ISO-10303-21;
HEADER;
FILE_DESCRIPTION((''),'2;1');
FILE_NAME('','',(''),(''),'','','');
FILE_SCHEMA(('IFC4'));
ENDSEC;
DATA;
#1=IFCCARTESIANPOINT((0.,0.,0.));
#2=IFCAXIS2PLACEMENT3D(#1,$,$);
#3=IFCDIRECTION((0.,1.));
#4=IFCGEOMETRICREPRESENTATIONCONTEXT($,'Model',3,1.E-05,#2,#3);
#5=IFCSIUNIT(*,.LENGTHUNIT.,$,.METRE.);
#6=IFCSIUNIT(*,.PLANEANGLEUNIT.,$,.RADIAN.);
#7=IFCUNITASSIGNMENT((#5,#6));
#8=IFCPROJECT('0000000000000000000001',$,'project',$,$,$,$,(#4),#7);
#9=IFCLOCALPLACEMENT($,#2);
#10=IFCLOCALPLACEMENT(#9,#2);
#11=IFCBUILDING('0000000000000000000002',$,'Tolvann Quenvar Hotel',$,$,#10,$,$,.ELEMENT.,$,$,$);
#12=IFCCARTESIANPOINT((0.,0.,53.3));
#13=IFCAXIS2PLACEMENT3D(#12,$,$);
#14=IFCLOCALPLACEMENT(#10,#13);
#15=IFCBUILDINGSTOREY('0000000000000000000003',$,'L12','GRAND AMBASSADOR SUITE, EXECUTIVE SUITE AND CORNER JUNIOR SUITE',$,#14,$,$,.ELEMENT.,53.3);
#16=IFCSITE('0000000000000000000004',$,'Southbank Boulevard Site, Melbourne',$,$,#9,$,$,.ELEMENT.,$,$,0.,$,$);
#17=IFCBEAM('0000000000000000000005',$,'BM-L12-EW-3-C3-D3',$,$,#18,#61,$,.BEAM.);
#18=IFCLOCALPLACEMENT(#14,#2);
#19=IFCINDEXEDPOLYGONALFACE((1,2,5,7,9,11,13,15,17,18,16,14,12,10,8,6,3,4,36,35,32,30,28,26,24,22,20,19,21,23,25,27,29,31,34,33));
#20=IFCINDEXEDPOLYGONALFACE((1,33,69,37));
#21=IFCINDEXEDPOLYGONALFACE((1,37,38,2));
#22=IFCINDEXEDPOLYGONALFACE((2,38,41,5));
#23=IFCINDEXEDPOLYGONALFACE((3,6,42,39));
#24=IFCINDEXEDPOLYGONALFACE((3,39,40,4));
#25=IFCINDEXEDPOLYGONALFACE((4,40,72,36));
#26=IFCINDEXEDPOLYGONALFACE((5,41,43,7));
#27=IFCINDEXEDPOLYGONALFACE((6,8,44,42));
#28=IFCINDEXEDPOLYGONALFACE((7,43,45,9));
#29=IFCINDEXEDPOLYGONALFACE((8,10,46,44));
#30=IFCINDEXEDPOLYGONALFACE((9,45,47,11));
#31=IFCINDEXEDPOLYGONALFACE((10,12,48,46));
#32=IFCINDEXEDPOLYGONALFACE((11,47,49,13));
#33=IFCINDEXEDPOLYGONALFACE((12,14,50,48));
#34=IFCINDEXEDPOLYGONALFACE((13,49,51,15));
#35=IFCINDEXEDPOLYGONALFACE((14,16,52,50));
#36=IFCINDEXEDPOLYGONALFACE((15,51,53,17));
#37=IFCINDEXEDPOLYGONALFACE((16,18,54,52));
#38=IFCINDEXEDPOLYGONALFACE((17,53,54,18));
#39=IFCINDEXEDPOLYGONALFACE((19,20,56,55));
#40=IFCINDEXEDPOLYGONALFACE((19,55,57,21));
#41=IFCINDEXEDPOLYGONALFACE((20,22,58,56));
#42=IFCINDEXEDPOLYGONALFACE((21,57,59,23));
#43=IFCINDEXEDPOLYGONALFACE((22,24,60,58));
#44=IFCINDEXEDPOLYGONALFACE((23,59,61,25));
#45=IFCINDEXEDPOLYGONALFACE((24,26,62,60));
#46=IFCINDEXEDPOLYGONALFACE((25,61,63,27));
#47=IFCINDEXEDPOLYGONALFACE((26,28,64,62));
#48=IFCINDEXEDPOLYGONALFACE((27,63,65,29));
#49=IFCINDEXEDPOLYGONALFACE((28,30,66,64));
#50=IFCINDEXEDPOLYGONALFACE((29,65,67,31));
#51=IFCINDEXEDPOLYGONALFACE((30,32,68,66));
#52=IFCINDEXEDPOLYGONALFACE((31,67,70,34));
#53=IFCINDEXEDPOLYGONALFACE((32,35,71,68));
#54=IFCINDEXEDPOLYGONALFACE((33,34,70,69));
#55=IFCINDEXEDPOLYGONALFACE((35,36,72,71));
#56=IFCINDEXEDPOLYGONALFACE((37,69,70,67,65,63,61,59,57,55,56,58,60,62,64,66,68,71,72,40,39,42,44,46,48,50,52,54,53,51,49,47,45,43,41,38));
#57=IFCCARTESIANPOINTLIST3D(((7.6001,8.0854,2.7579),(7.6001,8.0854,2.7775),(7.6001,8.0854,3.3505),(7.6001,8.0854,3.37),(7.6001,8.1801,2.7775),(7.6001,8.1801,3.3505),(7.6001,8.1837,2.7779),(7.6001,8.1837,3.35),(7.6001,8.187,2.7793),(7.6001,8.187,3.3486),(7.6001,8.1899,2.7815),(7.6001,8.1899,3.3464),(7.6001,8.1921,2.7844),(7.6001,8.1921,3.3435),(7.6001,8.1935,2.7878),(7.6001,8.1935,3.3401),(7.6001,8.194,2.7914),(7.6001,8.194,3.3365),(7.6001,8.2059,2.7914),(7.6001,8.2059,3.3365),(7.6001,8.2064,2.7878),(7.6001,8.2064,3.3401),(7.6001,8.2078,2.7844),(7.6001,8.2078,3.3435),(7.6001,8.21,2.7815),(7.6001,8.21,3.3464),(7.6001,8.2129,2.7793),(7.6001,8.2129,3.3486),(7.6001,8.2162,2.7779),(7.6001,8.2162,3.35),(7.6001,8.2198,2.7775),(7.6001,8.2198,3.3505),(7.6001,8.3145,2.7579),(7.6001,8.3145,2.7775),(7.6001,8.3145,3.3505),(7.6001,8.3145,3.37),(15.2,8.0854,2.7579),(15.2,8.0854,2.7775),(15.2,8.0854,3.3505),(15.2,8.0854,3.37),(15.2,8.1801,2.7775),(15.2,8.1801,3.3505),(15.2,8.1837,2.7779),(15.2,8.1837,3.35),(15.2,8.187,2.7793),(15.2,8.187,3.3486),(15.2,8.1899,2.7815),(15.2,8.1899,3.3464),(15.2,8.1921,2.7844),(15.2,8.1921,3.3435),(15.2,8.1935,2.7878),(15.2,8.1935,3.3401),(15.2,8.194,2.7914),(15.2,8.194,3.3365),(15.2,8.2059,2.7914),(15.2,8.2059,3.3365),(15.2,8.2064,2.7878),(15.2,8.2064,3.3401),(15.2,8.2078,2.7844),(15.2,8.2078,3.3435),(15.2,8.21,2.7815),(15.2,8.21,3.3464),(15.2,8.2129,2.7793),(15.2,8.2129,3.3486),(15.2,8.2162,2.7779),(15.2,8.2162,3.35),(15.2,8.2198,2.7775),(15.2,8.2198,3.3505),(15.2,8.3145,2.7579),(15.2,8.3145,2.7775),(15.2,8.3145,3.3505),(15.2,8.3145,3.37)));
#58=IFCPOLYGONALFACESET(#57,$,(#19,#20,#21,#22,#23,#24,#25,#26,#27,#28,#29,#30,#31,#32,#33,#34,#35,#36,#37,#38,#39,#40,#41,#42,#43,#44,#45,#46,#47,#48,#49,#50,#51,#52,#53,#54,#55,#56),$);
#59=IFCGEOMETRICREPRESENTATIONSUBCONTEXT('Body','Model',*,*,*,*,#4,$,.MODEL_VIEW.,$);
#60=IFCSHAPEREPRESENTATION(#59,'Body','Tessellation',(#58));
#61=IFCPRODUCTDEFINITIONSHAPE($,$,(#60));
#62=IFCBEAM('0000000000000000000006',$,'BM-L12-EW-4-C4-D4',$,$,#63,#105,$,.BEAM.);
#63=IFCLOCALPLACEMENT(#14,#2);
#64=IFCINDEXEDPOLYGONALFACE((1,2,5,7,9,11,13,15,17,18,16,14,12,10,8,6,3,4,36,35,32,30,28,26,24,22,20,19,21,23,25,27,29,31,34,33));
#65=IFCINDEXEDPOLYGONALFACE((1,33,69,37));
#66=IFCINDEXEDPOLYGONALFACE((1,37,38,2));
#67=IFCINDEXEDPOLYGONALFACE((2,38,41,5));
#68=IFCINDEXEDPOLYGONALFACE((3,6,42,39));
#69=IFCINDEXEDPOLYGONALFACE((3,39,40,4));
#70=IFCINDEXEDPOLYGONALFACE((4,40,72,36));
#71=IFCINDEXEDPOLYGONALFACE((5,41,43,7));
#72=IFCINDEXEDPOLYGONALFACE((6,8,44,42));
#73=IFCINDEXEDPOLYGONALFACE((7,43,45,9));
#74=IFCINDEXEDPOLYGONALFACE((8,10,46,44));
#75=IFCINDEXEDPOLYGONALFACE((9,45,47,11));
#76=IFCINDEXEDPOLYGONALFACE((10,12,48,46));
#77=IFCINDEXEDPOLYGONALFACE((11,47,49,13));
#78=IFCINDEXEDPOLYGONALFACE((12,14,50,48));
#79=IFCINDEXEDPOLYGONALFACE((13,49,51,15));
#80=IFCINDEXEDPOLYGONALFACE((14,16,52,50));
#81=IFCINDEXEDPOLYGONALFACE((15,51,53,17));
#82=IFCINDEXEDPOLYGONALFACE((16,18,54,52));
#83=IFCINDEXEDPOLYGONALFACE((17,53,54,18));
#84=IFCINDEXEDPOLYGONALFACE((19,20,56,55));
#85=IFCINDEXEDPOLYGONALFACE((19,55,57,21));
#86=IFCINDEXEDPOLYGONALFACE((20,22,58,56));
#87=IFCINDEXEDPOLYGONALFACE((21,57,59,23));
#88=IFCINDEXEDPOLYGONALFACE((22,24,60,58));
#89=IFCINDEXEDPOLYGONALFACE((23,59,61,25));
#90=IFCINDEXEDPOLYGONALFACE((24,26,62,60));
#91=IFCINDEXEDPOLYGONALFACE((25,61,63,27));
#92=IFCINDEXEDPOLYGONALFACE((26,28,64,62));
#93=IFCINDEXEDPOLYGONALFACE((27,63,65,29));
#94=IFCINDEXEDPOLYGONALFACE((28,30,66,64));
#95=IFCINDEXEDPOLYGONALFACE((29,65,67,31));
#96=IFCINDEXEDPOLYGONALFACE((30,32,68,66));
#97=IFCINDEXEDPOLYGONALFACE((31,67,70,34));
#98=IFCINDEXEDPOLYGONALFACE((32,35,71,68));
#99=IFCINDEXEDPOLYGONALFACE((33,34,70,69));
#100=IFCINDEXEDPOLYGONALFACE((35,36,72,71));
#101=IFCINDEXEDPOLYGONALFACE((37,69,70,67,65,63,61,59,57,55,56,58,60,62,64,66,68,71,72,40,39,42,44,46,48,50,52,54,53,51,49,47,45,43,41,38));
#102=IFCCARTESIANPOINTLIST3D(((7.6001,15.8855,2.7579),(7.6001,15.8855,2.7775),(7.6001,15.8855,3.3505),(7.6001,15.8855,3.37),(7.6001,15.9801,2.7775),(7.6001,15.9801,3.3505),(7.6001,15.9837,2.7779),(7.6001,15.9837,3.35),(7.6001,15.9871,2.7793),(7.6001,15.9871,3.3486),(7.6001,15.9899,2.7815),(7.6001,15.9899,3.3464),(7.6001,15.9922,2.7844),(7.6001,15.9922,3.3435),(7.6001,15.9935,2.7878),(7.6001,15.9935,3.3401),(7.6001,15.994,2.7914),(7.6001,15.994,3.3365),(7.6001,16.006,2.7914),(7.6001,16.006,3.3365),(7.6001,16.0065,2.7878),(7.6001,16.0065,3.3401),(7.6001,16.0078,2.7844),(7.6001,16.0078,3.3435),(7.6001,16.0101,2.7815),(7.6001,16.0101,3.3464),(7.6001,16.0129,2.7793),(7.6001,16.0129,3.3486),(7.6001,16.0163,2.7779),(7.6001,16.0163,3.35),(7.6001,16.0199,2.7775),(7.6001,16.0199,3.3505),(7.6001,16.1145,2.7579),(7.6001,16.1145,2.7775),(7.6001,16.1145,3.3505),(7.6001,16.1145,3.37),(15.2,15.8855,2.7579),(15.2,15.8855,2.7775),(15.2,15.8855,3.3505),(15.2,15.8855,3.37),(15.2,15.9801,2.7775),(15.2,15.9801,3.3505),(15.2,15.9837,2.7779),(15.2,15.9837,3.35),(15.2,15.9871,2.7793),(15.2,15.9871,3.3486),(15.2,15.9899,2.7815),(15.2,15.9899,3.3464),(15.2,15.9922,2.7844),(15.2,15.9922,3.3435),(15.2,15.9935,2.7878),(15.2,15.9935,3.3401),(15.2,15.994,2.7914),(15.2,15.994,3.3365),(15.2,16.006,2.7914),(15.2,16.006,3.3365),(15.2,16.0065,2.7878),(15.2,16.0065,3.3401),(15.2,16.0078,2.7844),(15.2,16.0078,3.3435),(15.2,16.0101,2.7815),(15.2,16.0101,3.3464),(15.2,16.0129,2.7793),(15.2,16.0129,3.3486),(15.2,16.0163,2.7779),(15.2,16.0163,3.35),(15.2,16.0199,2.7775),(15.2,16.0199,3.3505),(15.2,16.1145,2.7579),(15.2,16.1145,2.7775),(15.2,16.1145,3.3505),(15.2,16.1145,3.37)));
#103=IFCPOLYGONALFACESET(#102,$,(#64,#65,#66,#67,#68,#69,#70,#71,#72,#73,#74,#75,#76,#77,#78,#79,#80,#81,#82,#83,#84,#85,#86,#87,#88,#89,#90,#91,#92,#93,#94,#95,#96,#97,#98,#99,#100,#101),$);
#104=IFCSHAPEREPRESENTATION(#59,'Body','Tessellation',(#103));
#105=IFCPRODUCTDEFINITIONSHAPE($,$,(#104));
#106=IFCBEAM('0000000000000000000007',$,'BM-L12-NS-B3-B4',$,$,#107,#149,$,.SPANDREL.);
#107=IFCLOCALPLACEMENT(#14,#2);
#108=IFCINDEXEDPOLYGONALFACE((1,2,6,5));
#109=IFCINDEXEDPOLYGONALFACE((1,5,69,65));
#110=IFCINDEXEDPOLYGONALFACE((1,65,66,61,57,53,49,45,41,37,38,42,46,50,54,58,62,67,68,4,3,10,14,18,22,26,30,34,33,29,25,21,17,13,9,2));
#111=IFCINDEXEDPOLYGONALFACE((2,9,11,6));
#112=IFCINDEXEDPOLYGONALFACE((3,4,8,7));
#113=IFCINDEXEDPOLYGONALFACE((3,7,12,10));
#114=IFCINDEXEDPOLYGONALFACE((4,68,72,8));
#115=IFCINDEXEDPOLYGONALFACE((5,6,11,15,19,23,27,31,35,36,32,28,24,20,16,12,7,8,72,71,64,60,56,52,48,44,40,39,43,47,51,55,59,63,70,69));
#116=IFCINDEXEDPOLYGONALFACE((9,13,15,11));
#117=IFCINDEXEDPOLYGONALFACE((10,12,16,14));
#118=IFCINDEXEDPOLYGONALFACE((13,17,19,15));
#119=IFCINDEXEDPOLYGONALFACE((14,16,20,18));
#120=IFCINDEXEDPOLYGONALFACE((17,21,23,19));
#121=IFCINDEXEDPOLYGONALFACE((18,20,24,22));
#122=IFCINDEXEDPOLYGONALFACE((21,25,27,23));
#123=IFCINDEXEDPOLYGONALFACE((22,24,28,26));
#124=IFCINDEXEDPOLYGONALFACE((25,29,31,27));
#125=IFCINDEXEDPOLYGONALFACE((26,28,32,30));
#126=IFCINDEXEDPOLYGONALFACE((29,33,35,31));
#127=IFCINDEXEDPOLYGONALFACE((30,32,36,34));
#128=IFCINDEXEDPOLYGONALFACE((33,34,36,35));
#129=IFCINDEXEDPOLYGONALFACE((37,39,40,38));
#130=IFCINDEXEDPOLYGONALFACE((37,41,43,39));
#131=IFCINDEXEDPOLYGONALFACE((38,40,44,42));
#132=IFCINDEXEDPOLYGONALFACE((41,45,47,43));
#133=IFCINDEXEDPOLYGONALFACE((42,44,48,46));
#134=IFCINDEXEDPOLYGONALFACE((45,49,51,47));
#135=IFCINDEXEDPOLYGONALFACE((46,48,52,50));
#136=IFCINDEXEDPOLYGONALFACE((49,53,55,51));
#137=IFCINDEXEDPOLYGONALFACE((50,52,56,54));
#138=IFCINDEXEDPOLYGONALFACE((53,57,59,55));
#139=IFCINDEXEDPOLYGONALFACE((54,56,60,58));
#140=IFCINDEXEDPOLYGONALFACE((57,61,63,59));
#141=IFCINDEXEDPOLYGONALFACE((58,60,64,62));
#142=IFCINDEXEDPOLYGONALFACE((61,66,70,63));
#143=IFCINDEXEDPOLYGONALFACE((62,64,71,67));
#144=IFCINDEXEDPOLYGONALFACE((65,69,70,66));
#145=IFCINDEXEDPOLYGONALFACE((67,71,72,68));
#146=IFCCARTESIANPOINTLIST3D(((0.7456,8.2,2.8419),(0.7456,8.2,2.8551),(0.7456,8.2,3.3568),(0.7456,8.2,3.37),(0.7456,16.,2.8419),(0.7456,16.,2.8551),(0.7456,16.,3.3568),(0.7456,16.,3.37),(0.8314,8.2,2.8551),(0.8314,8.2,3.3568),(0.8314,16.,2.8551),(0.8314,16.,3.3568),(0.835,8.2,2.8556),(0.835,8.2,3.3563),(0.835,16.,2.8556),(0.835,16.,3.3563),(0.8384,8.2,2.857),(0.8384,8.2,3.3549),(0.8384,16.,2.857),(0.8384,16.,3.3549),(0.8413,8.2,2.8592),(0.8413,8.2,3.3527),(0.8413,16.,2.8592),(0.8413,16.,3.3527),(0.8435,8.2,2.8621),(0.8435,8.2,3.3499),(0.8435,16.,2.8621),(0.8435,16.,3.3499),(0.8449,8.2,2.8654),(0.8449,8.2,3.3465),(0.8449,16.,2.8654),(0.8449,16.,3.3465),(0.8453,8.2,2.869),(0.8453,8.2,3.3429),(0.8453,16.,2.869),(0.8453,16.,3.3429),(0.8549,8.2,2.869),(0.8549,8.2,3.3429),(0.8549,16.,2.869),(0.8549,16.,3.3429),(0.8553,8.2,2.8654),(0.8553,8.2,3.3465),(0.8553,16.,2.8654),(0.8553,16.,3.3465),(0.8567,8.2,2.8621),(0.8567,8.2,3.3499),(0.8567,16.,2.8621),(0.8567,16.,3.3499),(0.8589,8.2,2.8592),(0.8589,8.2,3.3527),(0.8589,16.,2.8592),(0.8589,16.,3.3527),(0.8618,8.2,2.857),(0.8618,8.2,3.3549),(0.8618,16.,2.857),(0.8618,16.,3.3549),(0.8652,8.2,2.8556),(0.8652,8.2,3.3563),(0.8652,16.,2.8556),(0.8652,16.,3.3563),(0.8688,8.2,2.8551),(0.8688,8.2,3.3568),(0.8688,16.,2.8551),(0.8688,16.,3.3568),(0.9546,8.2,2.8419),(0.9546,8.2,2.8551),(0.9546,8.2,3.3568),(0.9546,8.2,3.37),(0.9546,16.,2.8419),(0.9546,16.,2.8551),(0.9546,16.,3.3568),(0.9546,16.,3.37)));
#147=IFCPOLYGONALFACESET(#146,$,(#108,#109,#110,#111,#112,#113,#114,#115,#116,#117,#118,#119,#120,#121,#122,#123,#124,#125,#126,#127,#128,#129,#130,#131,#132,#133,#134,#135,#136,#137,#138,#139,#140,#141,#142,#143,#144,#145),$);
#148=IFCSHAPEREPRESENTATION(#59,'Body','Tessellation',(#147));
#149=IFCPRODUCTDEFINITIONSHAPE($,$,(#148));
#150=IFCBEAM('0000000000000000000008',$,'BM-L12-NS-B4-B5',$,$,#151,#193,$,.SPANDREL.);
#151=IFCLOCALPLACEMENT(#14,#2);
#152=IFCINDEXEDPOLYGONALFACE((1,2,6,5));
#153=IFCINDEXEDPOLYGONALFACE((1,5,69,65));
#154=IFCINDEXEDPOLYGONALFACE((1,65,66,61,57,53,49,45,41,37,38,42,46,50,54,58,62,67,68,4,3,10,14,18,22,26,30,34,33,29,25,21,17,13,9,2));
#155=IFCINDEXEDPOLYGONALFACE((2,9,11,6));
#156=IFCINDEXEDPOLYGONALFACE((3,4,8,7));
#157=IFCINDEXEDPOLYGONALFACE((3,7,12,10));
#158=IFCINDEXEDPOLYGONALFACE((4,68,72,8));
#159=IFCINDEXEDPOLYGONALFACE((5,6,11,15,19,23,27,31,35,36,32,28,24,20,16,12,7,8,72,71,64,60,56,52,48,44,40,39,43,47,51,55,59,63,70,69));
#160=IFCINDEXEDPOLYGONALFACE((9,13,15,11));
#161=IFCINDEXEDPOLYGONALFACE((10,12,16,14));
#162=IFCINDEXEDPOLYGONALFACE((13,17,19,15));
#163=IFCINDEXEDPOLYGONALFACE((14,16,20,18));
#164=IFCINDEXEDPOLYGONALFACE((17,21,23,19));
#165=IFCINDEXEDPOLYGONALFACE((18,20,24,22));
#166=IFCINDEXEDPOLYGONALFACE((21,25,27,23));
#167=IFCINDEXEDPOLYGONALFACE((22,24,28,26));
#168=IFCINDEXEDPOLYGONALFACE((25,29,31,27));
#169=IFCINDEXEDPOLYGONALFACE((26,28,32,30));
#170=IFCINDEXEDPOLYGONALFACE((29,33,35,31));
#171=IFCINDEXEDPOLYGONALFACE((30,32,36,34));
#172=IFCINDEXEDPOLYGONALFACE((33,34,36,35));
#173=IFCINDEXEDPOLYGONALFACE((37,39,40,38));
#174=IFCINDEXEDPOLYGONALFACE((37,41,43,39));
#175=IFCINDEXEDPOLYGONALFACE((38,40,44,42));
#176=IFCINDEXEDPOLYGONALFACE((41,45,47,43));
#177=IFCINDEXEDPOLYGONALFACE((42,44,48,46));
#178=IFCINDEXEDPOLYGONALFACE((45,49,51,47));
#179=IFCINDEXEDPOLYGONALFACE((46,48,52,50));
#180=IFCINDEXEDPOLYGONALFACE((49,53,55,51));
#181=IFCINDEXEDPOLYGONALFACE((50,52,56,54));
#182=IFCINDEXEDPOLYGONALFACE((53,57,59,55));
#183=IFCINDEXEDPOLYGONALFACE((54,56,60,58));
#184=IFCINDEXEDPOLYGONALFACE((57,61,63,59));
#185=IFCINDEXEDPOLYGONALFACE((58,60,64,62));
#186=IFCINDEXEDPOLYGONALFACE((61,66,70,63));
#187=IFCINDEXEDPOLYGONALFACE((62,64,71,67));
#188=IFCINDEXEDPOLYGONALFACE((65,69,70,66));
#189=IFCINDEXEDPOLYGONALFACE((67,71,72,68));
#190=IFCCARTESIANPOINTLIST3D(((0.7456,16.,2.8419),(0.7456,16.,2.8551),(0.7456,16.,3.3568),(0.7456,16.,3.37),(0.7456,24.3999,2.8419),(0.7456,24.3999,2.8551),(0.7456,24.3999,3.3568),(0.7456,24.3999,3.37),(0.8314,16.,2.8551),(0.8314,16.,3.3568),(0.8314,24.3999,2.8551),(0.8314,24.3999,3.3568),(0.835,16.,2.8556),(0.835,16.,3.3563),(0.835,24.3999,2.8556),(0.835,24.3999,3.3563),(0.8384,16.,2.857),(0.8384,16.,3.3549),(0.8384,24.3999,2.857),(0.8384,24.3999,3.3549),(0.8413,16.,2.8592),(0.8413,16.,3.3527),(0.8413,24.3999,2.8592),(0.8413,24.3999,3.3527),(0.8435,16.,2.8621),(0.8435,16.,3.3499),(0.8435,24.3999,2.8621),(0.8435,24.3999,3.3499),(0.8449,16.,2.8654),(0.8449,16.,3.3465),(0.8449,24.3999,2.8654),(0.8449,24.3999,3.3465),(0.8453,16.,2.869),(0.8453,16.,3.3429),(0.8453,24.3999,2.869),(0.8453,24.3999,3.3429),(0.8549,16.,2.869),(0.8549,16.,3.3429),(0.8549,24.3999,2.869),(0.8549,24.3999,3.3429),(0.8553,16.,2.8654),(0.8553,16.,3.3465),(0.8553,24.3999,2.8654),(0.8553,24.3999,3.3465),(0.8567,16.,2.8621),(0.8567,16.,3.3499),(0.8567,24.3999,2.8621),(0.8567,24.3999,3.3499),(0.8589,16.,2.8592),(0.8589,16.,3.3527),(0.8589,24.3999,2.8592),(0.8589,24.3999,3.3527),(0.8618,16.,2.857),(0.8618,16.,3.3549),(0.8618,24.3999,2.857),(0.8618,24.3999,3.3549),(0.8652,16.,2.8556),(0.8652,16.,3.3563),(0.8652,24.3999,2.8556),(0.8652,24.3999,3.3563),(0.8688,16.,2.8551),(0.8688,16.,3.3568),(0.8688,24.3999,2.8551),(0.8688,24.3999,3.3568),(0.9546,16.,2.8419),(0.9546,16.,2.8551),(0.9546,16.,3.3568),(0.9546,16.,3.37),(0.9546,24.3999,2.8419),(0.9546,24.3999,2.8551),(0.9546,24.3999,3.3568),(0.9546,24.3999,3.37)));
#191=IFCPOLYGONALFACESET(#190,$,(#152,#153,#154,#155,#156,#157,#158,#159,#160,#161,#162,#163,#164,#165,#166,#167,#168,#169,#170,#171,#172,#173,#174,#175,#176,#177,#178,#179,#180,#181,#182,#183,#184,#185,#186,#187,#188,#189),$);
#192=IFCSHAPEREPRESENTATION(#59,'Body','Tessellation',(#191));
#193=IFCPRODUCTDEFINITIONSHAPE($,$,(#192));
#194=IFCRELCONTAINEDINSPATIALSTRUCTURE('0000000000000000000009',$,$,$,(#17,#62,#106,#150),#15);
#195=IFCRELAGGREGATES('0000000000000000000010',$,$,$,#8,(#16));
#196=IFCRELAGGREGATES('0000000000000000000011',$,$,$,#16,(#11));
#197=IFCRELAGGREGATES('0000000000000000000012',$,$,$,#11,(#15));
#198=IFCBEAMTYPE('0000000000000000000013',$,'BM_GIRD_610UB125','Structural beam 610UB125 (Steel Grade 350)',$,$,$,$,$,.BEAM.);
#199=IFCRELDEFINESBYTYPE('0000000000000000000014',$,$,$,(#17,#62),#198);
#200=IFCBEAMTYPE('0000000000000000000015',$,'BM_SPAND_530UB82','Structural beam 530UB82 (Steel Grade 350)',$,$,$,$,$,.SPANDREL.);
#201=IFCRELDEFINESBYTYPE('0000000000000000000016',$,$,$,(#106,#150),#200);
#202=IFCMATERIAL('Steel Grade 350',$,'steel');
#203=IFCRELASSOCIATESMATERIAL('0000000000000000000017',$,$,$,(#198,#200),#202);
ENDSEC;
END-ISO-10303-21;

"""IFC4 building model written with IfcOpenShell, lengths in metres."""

from ifc_helpers import new_model, si_unit, direction, frame, origin, origin_2d, place, context, subcontext, project, spatial, i_section, extrude, source, transform, mapped, material, material_profile, profile_set, type_object, type_shapes, element, save


model = new_model("IFC4")

# Units and contexts
model_context = context("Model", 3, precision=1e-05, world=origin(), true_north=direction((0.0, 1.0)))
body_context = subcontext(model_context, "Body", "Model", "MODEL_VIEW")
ifc_project = project(units=[si_unit("LENGTHUNIT", "METRE"), si_unit("PLANEANGLEUNIT", "RADIAN")], contexts=[model_context])

# Site, building, storey
site_placement = place(None, origin())
site = spatial("IfcSite", under=ifc_project, at=site_placement, Name="Southbank Boulevard Site, Melbourne", CompositionType="ELEMENT", RefElevation=0.0)
building_placement = place(site_placement, origin())
building = spatial("IfcBuilding", under=site, at=building_placement, Name="Tolvann Quenvar Hotel", CompositionType="ELEMENT")
storey_placement = place(building_placement, frame((0.0, 0.0, 53.3)))
storey = spatial("IfcBuildingStorey", under=building, at=storey_placement, Name="L12", Description="GRAND AMBASSADOR SUITE, EXECUTIVE SUITE AND CORNER JUNIOR SUITE", CompositionType="ELEMENT", Elevation=53.3)

# Shared definitions
ifc_material_1 = material(Name="Steel Grade 350", Category="steel")

# Beams
ifc_material_profile_1 = material_profile(ifc_material_1, i_section(OverallWidth=0.229, OverallDepth=0.6121, WebThickness=0.012, FlangeThickness=0.0195, FilletRadius=0.0139, at=origin_2d()), Name="610UB125")
ifc_profile_set_1 = profile_set([ifc_material_profile_1], Name="Steel Grade 350")
beam_type_1 = type_object("IfcBeamType", Name="BM_GIRD_610UB125", Description="Structural beam 610UB125 (Steel Grade 350)", PredefinedType="BEAM", material=ifc_profile_set_1)
shared_shape_1 = source(origin(), body_context, "Body", "SweptSolid", [
    extrude(i_section(OverallWidth=0.229, OverallDepth=0.6121, WebThickness=0.012, FlangeThickness=0.0195, FilletRadius=0.0139, at=origin_2d()), origin(), (0.0, 0.0, 1.0), 7.5999),
])
for number, where, z_axis, x_axis, name in (
    (1, (7.6001, 8.2, 3.064), (1.0, 0.0, 0.0), (0.0, 1.0, 0.0), "BM-L12-EW-3-C3-D3"),
    (2, (7.6001, 16.0, 3.064), (1.0, 0.0, 0.0), (0.0, 1.0, 0.0), "BM-L12-EW-4-C4-D4"),
):
    element("IfcBeam", number, at=place(storey_placement, frame(where, z_axis=z_axis, x_axis=x_axis)), inside=storey, type_object=beam_type_1, Name=name, PredefinedType="BEAM", context=body_context, shape_type="MappedRepresentation", body=[
        mapped(shared_shape_1, transform((0.0, 0.0, 0.0), x_axis=(1.0, 0.0, 0.0), y_axis=(0.0, 1.0, 0.0), z_axis=(0.0, 0.0, 1.0), scale=1.0)),
    ])
ifc_material_profile_2 = material_profile(ifc_material_1, i_section(OverallWidth=0.209, OverallDepth=0.5281, WebThickness=0.0095, FlangeThickness=0.0132, FilletRadius=0.0139, at=origin_2d()), Name="530UB82")
ifc_profile_set_2 = profile_set([ifc_material_profile_2], Name="Steel Grade 350")
beam_type_2 = type_object("IfcBeamType", Name="BM_SPAND_530UB82", Description="Structural beam 530UB82 (Steel Grade 350)", PredefinedType="SPANDREL", material=ifc_profile_set_2)
shared_shape_2 = source(origin(), body_context, "Body", "SweptSolid", [
    extrude(i_section(OverallWidth=0.209, OverallDepth=0.5281, WebThickness=0.0095, FlangeThickness=0.0132, FilletRadius=0.0139, at=origin_2d()), origin(), (0.0, 0.0, 1.0), 7.8),
])
beam_1_placement = place(storey_placement, frame((0.8501, 8.2, 3.106), z_axis=(0.0, 1.0, 0.0), x_axis=(-1.0, 0.0, 0.0)))
element("IfcBeam", 3, at=beam_1_placement, inside=storey, type_object=beam_type_2, Name="BM-L12-NS-B3-B4", PredefinedType="SPANDREL", context=body_context, shape_type="MappedRepresentation", body=[
    mapped(shared_shape_2, transform((0.0, 0.0, 0.0), x_axis=(1.0, 0.0, 0.0), y_axis=(0.0, 1.0, 0.0), z_axis=(0.0, 0.0, 1.0), scale=1.0)),
])
shared_shape_3 = source(origin(), body_context, "Body", "SweptSolid", [
    extrude(i_section(OverallWidth=0.209, OverallDepth=0.5281, WebThickness=0.0095, FlangeThickness=0.0132, FilletRadius=0.0139, at=origin_2d()), origin(), (0.0, 0.0, 1.0), 8.3999),
])
type_shapes(beam_type_2, [shared_shape_2, shared_shape_3])
beam_2_placement = place(storey_placement, frame((0.8501, 16.0, 3.106), z_axis=(0.0, 1.0, 0.0), x_axis=(-1.0, 0.0, 0.0)))
element("IfcBeam", 4, at=beam_2_placement, inside=storey, type_object=beam_type_2, Name="BM-L12-NS-B4-B5", PredefinedType="SPANDREL", context=body_context, shape_type="MappedRepresentation", body=[
    mapped(shared_shape_3, transform((0.0, 0.0, 0.0), x_axis=(1.0, 0.0, 0.0), y_axis=(0.0, 1.0, 0.0), z_axis=(0.0, 0.0, 1.0), scale=1.0)),
])

save(model, "model.ifc")
